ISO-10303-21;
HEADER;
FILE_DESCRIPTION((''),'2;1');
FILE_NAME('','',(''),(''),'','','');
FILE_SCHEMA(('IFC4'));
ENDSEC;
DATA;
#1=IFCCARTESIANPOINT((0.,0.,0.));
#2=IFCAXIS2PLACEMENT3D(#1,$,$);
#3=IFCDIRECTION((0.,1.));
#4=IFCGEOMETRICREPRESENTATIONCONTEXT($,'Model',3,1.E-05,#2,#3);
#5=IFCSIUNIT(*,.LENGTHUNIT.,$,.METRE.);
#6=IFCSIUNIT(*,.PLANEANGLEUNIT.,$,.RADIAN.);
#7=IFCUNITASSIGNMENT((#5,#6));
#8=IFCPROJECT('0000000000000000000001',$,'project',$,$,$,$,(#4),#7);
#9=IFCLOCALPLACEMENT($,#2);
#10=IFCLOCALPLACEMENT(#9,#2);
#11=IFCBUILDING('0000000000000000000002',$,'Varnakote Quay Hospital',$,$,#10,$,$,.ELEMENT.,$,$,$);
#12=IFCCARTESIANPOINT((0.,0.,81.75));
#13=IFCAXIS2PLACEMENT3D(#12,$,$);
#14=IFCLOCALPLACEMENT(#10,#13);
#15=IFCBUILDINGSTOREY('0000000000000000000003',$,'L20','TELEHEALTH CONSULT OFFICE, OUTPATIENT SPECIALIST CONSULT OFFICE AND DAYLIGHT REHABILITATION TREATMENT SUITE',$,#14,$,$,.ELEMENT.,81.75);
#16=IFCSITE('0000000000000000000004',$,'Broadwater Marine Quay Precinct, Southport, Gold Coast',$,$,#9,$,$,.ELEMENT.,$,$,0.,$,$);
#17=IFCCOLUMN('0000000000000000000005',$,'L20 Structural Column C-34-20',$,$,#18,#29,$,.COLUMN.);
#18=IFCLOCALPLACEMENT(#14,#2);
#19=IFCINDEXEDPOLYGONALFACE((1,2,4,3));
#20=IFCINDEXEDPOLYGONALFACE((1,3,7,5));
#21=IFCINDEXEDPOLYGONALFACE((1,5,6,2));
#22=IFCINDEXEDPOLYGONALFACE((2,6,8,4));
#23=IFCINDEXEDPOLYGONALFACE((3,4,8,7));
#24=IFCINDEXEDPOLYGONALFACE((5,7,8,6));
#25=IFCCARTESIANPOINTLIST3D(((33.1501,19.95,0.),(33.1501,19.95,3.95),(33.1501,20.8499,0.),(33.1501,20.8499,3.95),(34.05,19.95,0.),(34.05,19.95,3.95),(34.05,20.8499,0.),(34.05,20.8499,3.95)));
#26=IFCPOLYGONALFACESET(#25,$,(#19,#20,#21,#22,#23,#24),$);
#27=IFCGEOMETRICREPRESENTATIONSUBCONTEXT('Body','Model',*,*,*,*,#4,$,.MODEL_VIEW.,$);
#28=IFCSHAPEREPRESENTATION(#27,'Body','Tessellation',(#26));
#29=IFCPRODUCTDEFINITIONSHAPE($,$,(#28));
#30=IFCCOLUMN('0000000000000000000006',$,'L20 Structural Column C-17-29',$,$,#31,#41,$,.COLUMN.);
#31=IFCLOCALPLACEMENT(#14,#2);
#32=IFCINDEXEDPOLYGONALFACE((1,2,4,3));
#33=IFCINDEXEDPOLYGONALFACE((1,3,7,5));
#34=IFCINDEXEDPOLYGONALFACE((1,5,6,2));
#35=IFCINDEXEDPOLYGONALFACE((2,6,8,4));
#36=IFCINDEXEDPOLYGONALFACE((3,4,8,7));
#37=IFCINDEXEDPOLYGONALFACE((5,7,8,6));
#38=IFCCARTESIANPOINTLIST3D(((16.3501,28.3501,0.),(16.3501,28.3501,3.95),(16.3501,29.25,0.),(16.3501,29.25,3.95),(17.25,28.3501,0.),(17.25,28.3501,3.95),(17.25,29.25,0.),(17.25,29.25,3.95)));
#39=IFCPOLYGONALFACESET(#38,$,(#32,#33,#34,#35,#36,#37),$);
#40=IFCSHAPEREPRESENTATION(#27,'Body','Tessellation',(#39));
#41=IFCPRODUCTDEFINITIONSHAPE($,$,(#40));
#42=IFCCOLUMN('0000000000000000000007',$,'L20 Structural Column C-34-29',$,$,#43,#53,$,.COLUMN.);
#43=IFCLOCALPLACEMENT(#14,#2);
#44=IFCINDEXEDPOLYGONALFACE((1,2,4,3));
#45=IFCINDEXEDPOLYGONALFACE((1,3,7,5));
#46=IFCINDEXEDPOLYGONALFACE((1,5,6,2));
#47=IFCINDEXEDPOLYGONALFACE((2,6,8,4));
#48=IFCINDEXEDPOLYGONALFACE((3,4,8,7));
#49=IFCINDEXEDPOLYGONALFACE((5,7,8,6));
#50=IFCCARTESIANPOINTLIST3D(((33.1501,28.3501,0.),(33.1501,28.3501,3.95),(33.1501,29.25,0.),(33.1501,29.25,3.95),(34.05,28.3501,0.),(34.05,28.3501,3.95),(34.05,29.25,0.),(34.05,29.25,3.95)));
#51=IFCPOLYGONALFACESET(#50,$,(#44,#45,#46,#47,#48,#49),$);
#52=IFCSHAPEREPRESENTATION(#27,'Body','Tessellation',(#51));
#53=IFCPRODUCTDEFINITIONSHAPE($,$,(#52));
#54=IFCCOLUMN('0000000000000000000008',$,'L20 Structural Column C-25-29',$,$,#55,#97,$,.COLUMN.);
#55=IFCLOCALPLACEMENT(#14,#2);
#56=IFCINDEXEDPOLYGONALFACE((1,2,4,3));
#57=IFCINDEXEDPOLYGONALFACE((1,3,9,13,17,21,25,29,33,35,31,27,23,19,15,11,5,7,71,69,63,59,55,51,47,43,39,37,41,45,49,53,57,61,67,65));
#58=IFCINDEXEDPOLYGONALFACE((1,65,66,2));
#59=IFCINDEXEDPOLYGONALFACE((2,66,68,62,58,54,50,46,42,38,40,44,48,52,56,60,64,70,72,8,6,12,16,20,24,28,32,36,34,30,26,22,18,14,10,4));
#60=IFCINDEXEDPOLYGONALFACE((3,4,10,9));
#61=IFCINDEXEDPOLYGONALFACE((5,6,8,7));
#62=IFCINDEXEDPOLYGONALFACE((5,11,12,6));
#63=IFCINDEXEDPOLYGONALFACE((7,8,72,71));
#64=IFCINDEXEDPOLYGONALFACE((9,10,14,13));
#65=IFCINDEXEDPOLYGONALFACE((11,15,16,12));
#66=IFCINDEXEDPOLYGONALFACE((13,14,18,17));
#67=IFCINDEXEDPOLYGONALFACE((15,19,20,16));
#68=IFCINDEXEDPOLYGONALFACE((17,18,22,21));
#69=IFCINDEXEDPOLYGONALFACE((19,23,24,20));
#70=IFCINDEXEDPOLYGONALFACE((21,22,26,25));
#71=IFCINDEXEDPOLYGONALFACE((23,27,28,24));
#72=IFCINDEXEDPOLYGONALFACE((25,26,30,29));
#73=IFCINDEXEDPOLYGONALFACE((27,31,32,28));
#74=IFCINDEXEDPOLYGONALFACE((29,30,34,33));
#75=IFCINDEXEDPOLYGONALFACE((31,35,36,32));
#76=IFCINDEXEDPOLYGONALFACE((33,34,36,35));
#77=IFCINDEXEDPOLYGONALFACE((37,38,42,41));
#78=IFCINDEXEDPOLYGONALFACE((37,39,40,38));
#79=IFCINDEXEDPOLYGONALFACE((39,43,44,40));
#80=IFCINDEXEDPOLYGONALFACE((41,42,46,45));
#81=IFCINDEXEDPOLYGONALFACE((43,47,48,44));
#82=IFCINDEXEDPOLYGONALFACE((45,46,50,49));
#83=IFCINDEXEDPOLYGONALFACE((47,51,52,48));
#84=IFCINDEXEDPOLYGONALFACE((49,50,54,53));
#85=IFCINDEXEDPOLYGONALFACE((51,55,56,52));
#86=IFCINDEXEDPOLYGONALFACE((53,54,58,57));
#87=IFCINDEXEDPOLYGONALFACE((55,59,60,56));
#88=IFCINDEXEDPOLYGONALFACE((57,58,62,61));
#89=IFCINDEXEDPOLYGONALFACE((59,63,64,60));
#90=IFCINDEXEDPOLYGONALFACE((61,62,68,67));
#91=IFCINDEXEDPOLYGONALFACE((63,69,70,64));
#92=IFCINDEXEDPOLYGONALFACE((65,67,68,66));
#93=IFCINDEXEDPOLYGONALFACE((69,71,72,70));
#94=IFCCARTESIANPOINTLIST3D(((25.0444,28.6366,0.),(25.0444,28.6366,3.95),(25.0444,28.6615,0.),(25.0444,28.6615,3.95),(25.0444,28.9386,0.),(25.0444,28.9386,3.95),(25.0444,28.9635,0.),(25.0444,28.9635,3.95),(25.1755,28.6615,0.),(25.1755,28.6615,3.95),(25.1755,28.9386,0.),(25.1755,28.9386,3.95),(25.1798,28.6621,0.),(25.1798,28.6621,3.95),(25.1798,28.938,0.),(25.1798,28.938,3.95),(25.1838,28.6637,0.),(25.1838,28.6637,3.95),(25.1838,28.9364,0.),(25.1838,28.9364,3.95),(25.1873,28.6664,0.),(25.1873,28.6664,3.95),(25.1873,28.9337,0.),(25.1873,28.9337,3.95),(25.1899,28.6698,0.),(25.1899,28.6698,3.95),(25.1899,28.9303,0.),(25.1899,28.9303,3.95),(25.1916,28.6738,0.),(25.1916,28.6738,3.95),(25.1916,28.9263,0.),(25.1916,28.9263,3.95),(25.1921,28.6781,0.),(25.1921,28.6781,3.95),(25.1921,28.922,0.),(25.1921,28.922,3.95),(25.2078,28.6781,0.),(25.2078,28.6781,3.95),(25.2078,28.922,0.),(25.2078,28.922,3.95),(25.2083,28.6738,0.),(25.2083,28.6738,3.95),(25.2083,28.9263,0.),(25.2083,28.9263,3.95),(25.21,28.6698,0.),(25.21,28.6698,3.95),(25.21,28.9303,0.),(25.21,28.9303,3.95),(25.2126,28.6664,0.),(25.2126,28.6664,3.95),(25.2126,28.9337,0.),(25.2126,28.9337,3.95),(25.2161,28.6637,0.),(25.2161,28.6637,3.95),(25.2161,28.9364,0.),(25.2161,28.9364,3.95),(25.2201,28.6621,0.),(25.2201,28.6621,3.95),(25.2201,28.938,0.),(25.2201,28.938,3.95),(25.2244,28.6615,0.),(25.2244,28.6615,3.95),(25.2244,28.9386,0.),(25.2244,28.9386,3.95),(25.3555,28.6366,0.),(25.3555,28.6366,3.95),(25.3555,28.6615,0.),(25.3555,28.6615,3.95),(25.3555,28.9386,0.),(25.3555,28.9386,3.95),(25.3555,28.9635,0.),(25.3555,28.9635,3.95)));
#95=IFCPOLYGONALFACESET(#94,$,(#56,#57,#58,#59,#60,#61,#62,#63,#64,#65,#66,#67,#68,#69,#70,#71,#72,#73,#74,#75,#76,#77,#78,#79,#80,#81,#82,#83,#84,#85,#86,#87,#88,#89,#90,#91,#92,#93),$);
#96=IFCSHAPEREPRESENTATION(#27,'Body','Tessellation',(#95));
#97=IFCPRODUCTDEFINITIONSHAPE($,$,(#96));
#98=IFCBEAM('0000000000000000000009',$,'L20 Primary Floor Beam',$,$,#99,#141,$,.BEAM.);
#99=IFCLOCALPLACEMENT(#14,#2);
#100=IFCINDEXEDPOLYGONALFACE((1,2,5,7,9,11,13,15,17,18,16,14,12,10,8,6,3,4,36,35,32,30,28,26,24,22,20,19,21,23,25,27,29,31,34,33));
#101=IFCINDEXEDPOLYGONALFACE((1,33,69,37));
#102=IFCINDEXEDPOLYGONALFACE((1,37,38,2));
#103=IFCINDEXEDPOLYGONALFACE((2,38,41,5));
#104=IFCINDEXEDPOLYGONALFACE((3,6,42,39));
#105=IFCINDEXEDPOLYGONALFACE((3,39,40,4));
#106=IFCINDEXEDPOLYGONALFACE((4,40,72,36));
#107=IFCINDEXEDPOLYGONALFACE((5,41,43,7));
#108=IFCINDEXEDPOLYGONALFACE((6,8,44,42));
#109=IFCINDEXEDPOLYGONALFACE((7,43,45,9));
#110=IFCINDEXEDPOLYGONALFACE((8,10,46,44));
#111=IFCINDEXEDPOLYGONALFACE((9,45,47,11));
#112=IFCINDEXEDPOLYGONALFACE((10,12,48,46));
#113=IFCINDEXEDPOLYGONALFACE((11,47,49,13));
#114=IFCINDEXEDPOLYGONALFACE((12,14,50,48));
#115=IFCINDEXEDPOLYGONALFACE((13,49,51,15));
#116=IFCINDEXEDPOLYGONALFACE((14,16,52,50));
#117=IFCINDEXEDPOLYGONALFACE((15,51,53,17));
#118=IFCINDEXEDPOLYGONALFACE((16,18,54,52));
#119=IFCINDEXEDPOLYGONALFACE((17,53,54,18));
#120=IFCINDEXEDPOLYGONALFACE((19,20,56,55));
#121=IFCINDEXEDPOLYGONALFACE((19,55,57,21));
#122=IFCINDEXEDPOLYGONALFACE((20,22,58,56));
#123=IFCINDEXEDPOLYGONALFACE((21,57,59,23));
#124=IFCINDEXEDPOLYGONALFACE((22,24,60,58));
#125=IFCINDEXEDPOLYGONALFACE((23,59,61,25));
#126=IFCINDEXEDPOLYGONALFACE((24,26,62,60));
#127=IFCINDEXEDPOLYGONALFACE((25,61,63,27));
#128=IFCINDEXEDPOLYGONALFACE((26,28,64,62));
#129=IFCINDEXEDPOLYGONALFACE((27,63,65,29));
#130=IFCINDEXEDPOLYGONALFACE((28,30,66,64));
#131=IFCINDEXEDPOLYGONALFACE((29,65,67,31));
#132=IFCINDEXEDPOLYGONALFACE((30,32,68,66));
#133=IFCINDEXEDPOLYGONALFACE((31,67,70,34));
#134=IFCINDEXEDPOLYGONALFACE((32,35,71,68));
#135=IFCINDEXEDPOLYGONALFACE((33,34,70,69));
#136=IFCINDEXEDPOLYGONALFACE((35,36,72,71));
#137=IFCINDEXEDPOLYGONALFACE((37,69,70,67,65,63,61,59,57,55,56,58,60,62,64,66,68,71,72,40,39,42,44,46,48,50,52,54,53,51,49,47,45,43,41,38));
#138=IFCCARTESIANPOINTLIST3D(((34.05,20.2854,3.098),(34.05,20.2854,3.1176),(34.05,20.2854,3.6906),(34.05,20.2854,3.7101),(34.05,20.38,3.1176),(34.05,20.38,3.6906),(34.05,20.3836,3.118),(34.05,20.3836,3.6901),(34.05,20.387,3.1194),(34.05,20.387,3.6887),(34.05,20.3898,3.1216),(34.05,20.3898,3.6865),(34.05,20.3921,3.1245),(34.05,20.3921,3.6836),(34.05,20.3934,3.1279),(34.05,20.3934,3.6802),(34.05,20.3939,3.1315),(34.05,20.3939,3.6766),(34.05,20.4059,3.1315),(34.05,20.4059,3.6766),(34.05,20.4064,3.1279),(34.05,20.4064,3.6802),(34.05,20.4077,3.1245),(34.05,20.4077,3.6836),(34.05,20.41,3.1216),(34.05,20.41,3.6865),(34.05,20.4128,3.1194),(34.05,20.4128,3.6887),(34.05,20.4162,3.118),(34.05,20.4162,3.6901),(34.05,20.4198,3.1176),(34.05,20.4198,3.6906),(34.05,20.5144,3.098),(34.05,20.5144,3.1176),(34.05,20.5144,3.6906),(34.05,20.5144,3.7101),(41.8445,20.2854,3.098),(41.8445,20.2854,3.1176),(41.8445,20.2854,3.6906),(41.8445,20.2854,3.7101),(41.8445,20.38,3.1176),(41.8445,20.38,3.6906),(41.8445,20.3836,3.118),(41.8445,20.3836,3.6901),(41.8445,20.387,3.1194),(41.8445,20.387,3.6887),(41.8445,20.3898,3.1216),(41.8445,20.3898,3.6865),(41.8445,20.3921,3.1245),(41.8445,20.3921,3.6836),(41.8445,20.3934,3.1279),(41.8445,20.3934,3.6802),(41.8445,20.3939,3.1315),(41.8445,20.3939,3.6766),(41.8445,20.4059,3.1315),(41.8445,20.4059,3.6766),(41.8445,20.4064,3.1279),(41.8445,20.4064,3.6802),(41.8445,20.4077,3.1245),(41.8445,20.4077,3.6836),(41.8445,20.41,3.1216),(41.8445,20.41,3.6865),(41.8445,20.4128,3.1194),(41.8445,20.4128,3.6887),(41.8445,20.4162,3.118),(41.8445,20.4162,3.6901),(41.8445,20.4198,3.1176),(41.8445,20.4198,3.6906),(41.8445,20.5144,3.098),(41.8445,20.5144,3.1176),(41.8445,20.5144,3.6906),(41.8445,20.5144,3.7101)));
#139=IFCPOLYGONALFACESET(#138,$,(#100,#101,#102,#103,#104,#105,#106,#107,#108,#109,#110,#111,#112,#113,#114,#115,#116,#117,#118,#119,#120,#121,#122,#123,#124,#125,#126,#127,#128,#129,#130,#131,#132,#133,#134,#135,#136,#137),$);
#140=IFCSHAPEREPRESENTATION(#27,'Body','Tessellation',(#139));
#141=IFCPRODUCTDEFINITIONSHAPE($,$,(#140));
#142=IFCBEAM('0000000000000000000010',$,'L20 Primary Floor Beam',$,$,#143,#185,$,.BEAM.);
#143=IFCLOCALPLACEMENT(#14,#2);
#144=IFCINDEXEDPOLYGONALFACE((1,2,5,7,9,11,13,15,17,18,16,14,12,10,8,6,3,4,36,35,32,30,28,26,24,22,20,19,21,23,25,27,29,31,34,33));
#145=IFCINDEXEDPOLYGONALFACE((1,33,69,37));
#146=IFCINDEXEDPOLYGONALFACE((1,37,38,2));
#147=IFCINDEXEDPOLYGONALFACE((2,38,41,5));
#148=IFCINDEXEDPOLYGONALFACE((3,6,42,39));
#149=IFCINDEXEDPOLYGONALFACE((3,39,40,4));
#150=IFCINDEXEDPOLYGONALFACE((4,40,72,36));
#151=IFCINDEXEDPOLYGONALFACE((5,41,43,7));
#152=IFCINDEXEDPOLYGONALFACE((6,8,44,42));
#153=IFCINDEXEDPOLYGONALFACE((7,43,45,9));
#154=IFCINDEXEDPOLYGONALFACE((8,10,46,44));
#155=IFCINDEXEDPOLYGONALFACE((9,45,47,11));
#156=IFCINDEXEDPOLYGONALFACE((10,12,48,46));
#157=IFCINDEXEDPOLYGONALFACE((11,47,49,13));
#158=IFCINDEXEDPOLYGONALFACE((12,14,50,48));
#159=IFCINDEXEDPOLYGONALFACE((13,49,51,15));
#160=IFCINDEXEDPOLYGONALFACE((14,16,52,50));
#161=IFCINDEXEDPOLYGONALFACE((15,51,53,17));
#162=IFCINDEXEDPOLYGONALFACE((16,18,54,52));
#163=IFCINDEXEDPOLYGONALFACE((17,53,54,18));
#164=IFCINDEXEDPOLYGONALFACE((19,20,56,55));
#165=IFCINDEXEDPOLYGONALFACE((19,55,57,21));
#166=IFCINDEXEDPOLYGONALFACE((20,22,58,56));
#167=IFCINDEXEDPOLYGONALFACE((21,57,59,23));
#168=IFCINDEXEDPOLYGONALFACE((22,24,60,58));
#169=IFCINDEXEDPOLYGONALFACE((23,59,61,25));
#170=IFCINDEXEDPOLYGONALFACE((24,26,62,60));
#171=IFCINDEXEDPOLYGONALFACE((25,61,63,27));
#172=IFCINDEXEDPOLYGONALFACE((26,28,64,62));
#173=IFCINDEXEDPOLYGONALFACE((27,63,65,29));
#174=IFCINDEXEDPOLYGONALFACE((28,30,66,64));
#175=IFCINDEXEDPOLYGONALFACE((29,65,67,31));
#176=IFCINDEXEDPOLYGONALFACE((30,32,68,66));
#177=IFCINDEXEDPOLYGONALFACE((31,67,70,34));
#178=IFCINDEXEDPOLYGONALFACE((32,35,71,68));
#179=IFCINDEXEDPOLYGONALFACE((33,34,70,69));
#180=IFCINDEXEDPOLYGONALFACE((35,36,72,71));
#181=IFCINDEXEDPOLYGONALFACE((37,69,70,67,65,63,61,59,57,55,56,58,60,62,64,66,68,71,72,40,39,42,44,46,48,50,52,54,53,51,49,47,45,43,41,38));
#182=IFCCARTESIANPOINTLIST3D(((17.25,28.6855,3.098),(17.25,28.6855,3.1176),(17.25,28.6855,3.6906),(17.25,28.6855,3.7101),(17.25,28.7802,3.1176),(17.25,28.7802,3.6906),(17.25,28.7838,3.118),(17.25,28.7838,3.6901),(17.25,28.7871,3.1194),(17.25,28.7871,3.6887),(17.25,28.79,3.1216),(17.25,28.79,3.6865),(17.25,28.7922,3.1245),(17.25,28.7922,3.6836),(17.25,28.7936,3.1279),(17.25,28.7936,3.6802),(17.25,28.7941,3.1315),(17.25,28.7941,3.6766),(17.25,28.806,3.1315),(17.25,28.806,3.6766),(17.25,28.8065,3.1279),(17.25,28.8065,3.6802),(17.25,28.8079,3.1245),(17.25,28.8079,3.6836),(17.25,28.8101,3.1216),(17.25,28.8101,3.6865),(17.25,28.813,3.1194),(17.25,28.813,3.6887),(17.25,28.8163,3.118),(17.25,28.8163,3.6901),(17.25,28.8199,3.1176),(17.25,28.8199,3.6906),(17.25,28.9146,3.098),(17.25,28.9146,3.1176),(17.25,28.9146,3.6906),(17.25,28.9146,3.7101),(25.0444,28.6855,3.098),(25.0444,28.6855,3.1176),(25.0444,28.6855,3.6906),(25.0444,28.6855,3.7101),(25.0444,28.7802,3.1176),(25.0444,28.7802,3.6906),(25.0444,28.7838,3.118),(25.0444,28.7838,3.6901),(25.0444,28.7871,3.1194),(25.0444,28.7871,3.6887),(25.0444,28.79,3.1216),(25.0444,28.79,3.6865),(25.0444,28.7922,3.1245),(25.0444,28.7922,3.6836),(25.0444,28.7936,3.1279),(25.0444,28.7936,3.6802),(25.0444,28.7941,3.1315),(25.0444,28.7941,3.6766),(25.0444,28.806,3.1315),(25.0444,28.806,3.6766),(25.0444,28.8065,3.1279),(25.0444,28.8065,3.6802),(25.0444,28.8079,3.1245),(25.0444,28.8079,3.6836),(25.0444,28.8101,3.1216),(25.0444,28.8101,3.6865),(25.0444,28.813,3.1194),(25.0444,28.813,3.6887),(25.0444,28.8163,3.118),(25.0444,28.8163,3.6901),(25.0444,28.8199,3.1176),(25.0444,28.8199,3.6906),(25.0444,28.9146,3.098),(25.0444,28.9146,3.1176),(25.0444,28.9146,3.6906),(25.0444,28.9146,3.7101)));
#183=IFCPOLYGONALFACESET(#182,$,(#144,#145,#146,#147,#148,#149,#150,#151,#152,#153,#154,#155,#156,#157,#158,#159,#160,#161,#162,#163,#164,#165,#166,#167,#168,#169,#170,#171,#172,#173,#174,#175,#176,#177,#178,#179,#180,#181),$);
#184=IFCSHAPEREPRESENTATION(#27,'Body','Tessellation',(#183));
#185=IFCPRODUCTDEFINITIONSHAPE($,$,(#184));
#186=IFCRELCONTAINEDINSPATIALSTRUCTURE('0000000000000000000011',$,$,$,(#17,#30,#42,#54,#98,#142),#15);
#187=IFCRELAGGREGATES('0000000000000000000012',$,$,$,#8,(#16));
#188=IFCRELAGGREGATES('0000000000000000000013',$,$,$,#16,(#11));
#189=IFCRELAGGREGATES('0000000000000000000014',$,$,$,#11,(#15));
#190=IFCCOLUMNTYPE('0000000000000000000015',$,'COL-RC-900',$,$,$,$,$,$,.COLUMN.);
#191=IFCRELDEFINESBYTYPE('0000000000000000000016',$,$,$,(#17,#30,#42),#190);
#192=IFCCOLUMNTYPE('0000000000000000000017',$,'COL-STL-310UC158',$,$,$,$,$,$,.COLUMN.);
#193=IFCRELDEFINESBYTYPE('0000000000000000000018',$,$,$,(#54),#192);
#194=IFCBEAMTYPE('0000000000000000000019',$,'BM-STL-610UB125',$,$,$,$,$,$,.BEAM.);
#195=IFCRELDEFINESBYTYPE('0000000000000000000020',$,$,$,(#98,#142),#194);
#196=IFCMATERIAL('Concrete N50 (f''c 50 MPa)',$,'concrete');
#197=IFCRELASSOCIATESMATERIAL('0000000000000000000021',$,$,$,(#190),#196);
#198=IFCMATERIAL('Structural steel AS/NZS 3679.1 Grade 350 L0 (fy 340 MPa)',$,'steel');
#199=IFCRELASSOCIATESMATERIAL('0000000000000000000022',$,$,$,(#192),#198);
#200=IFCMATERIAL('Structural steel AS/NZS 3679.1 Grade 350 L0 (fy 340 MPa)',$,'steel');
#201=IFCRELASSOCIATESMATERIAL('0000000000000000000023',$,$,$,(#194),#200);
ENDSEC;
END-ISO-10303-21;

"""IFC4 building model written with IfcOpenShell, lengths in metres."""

from ifc_helpers import new_model, si_unit, direction, frame, origin, origin_2d, place, context, subcontext, project, spatial, rectangle, i_section, extrude, material, material_profile, profile_set, type_object, element, save


model = new_model("IFC4")

# Units and contexts
model_context = context("Model", 3, precision=1e-05, world=origin(), true_north=direction((0.0, 1.0)))
body_context = subcontext(model_context, "Body", "Model", "MODEL_VIEW")
ifc_project = project(units=[si_unit("LENGTHUNIT", "METRE"), si_unit("PLANEANGLEUNIT", "RADIAN")], contexts=[model_context])

# Site, building, storey
site_placement = place(None, origin())
site = spatial("IfcSite", under=ifc_project, at=site_placement, Name="Broadwater Marine Quay Precinct, Southport, Gold Coast", CompositionType="ELEMENT", RefElevation=0.0)
building_placement = place(site_placement, origin())
building = spatial("IfcBuilding", under=site, at=building_placement, Name="Varnakote Quay Hospital", CompositionType="ELEMENT")
storey_placement = place(building_placement, frame((0.0, 0.0, 81.75)))
storey = spatial("IfcBuildingStorey", under=building, at=storey_placement, Name="L20", Description="TELEHEALTH CONSULT OFFICE, OUTPATIENT SPECIALIST CONSULT OFFICE AND DAYLIGHT REHABILITATION TREATMENT SUITE", CompositionType="ELEMENT", Elevation=81.75)

# Columns
ifc_material_1 = material(Name="Concrete N50 (f'c 50 MPa)", Category="concrete")
ifc_material_profile_1 = material_profile(ifc_material_1, rectangle(XDim=0.8999, YDim=0.8999, at=origin_2d()), Name="RC-COL-900x900")
ifc_profile_set_1 = profile_set([ifc_material_profile_1], Name="Concrete N50 (f'c 50 MPa)")
column_type_1 = type_object("IfcColumnType", Name="COL-RC-900", PredefinedType="COLUMN", material=ifc_profile_set_1)
for number, where, z_axis, x_axis, name in (
    (1, (33.6001, 20.3999, 0.0), (0.0, 0.0, 1.0), (1.0, 0.0, 0.0), "L20 Structural Column C-34-20"),
    (2, (16.8, 28.8, 0.0), (0.0, 0.0, 1.0), (1.0, 0.0, 0.0), "L20 Structural Column C-17-29"),
    (3, (33.6001, 28.8, 0.0), (0.0, 0.0, 1.0), (1.0, 0.0, 0.0), "L20 Structural Column C-34-29"),
):
    element("IfcColumn", number, at=place(storey_placement, frame(where, z_axis=z_axis, x_axis=x_axis)), inside=storey, type_object=column_type_1, Name=name, PredefinedType="COLUMN", context=body_context, shape_type="SweptSolid", body=[
        extrude(rectangle(XDim=0.8999, YDim=0.8999, at=origin_2d()), origin(), (0.0, 0.0, 1.0), 3.95),
    ])
ifc_material_2 = material(Name="Structural steel AS/NZS 3679.1 Grade 350 L0 (fy 340 MPa)", Category="steel")
ifc_material_profile_2 = material_profile(ifc_material_2, i_section(OverallWidth=0.311, OverallDepth=0.3269, WebThickness=0.0156, FlangeThickness=0.0249, FilletRadius=0.0166, at=origin_2d()), Name="310UC158")
ifc_profile_set_2 = profile_set([ifc_material_profile_2], Name="Structural steel AS/NZS 3679.1 Grade 350 L0 (fy 340 MPa)")
column_type_2 = type_object("IfcColumnType", Name="COL-STL-310UC158", PredefinedType="COLUMN", material=ifc_profile_set_2)
column_placement = place(storey_placement, frame((25.2, 28.8, 0.0), z_axis=(0.0, 0.0, 1.0), x_axis=(1.0, 0.0, 0.0)))
element("IfcColumn", 4, at=column_placement, inside=storey, type_object=column_type_2, Name="L20 Structural Column C-25-29", PredefinedType="COLUMN", context=body_context, shape_type="SweptSolid", body=[
    extrude(i_section(OverallWidth=0.311, OverallDepth=0.3269, WebThickness=0.0156, FlangeThickness=0.0249, FilletRadius=0.0166, at=origin_2d()), origin(), (0.0, 0.0, 1.0), 3.95),
])

# Beams
ifc_material_3 = material(Name="Structural steel AS/NZS 3679.1 Grade 350 L0 (fy 340 MPa)", Category="steel")
ifc_material_profile_3 = material_profile(ifc_material_3, i_section(OverallWidth=0.229, OverallDepth=0.6121, WebThickness=0.012, FlangeThickness=0.0195, FilletRadius=0.0139, at=origin_2d()), Name="610UB125")
ifc_profile_set_3 = profile_set([ifc_material_profile_3], Name="Structural steel AS/NZS 3679.1 Grade 350 L0 (fy 340 MPa)")
beam_type_1 = type_object("IfcBeamType", Name="BM-STL-610UB125", PredefinedType="BEAM", material=ifc_profile_set_3)
for number, where, z_axis, x_axis, name in (
    (5, (34.05, 20.3999, 3.4041), (1.0, 0.0, 0.0), (0.0, 1.0, 0.0), "L20 Primary Floor Beam"),
    (6, (17.25, 28.8, 3.4041), (1.0, 0.0, 0.0), (0.0, 1.0, 0.0), "L20 Primary Floor Beam"),
):
    element("IfcBeam", number, at=place(storey_placement, frame(where, z_axis=z_axis, x_axis=x_axis)), inside=storey, type_object=beam_type_1, Name=name, PredefinedType="BEAM", context=body_context, shape_type="SweptSolid", body=[
        extrude(i_section(OverallWidth=0.229, OverallDepth=0.6121, WebThickness=0.012, FlangeThickness=0.0195, FilletRadius=0.0139, at=origin_2d()), origin(), (0.0, 0.0, 1.0), 7.7944),
    ])

save(model, "model.ifc")
